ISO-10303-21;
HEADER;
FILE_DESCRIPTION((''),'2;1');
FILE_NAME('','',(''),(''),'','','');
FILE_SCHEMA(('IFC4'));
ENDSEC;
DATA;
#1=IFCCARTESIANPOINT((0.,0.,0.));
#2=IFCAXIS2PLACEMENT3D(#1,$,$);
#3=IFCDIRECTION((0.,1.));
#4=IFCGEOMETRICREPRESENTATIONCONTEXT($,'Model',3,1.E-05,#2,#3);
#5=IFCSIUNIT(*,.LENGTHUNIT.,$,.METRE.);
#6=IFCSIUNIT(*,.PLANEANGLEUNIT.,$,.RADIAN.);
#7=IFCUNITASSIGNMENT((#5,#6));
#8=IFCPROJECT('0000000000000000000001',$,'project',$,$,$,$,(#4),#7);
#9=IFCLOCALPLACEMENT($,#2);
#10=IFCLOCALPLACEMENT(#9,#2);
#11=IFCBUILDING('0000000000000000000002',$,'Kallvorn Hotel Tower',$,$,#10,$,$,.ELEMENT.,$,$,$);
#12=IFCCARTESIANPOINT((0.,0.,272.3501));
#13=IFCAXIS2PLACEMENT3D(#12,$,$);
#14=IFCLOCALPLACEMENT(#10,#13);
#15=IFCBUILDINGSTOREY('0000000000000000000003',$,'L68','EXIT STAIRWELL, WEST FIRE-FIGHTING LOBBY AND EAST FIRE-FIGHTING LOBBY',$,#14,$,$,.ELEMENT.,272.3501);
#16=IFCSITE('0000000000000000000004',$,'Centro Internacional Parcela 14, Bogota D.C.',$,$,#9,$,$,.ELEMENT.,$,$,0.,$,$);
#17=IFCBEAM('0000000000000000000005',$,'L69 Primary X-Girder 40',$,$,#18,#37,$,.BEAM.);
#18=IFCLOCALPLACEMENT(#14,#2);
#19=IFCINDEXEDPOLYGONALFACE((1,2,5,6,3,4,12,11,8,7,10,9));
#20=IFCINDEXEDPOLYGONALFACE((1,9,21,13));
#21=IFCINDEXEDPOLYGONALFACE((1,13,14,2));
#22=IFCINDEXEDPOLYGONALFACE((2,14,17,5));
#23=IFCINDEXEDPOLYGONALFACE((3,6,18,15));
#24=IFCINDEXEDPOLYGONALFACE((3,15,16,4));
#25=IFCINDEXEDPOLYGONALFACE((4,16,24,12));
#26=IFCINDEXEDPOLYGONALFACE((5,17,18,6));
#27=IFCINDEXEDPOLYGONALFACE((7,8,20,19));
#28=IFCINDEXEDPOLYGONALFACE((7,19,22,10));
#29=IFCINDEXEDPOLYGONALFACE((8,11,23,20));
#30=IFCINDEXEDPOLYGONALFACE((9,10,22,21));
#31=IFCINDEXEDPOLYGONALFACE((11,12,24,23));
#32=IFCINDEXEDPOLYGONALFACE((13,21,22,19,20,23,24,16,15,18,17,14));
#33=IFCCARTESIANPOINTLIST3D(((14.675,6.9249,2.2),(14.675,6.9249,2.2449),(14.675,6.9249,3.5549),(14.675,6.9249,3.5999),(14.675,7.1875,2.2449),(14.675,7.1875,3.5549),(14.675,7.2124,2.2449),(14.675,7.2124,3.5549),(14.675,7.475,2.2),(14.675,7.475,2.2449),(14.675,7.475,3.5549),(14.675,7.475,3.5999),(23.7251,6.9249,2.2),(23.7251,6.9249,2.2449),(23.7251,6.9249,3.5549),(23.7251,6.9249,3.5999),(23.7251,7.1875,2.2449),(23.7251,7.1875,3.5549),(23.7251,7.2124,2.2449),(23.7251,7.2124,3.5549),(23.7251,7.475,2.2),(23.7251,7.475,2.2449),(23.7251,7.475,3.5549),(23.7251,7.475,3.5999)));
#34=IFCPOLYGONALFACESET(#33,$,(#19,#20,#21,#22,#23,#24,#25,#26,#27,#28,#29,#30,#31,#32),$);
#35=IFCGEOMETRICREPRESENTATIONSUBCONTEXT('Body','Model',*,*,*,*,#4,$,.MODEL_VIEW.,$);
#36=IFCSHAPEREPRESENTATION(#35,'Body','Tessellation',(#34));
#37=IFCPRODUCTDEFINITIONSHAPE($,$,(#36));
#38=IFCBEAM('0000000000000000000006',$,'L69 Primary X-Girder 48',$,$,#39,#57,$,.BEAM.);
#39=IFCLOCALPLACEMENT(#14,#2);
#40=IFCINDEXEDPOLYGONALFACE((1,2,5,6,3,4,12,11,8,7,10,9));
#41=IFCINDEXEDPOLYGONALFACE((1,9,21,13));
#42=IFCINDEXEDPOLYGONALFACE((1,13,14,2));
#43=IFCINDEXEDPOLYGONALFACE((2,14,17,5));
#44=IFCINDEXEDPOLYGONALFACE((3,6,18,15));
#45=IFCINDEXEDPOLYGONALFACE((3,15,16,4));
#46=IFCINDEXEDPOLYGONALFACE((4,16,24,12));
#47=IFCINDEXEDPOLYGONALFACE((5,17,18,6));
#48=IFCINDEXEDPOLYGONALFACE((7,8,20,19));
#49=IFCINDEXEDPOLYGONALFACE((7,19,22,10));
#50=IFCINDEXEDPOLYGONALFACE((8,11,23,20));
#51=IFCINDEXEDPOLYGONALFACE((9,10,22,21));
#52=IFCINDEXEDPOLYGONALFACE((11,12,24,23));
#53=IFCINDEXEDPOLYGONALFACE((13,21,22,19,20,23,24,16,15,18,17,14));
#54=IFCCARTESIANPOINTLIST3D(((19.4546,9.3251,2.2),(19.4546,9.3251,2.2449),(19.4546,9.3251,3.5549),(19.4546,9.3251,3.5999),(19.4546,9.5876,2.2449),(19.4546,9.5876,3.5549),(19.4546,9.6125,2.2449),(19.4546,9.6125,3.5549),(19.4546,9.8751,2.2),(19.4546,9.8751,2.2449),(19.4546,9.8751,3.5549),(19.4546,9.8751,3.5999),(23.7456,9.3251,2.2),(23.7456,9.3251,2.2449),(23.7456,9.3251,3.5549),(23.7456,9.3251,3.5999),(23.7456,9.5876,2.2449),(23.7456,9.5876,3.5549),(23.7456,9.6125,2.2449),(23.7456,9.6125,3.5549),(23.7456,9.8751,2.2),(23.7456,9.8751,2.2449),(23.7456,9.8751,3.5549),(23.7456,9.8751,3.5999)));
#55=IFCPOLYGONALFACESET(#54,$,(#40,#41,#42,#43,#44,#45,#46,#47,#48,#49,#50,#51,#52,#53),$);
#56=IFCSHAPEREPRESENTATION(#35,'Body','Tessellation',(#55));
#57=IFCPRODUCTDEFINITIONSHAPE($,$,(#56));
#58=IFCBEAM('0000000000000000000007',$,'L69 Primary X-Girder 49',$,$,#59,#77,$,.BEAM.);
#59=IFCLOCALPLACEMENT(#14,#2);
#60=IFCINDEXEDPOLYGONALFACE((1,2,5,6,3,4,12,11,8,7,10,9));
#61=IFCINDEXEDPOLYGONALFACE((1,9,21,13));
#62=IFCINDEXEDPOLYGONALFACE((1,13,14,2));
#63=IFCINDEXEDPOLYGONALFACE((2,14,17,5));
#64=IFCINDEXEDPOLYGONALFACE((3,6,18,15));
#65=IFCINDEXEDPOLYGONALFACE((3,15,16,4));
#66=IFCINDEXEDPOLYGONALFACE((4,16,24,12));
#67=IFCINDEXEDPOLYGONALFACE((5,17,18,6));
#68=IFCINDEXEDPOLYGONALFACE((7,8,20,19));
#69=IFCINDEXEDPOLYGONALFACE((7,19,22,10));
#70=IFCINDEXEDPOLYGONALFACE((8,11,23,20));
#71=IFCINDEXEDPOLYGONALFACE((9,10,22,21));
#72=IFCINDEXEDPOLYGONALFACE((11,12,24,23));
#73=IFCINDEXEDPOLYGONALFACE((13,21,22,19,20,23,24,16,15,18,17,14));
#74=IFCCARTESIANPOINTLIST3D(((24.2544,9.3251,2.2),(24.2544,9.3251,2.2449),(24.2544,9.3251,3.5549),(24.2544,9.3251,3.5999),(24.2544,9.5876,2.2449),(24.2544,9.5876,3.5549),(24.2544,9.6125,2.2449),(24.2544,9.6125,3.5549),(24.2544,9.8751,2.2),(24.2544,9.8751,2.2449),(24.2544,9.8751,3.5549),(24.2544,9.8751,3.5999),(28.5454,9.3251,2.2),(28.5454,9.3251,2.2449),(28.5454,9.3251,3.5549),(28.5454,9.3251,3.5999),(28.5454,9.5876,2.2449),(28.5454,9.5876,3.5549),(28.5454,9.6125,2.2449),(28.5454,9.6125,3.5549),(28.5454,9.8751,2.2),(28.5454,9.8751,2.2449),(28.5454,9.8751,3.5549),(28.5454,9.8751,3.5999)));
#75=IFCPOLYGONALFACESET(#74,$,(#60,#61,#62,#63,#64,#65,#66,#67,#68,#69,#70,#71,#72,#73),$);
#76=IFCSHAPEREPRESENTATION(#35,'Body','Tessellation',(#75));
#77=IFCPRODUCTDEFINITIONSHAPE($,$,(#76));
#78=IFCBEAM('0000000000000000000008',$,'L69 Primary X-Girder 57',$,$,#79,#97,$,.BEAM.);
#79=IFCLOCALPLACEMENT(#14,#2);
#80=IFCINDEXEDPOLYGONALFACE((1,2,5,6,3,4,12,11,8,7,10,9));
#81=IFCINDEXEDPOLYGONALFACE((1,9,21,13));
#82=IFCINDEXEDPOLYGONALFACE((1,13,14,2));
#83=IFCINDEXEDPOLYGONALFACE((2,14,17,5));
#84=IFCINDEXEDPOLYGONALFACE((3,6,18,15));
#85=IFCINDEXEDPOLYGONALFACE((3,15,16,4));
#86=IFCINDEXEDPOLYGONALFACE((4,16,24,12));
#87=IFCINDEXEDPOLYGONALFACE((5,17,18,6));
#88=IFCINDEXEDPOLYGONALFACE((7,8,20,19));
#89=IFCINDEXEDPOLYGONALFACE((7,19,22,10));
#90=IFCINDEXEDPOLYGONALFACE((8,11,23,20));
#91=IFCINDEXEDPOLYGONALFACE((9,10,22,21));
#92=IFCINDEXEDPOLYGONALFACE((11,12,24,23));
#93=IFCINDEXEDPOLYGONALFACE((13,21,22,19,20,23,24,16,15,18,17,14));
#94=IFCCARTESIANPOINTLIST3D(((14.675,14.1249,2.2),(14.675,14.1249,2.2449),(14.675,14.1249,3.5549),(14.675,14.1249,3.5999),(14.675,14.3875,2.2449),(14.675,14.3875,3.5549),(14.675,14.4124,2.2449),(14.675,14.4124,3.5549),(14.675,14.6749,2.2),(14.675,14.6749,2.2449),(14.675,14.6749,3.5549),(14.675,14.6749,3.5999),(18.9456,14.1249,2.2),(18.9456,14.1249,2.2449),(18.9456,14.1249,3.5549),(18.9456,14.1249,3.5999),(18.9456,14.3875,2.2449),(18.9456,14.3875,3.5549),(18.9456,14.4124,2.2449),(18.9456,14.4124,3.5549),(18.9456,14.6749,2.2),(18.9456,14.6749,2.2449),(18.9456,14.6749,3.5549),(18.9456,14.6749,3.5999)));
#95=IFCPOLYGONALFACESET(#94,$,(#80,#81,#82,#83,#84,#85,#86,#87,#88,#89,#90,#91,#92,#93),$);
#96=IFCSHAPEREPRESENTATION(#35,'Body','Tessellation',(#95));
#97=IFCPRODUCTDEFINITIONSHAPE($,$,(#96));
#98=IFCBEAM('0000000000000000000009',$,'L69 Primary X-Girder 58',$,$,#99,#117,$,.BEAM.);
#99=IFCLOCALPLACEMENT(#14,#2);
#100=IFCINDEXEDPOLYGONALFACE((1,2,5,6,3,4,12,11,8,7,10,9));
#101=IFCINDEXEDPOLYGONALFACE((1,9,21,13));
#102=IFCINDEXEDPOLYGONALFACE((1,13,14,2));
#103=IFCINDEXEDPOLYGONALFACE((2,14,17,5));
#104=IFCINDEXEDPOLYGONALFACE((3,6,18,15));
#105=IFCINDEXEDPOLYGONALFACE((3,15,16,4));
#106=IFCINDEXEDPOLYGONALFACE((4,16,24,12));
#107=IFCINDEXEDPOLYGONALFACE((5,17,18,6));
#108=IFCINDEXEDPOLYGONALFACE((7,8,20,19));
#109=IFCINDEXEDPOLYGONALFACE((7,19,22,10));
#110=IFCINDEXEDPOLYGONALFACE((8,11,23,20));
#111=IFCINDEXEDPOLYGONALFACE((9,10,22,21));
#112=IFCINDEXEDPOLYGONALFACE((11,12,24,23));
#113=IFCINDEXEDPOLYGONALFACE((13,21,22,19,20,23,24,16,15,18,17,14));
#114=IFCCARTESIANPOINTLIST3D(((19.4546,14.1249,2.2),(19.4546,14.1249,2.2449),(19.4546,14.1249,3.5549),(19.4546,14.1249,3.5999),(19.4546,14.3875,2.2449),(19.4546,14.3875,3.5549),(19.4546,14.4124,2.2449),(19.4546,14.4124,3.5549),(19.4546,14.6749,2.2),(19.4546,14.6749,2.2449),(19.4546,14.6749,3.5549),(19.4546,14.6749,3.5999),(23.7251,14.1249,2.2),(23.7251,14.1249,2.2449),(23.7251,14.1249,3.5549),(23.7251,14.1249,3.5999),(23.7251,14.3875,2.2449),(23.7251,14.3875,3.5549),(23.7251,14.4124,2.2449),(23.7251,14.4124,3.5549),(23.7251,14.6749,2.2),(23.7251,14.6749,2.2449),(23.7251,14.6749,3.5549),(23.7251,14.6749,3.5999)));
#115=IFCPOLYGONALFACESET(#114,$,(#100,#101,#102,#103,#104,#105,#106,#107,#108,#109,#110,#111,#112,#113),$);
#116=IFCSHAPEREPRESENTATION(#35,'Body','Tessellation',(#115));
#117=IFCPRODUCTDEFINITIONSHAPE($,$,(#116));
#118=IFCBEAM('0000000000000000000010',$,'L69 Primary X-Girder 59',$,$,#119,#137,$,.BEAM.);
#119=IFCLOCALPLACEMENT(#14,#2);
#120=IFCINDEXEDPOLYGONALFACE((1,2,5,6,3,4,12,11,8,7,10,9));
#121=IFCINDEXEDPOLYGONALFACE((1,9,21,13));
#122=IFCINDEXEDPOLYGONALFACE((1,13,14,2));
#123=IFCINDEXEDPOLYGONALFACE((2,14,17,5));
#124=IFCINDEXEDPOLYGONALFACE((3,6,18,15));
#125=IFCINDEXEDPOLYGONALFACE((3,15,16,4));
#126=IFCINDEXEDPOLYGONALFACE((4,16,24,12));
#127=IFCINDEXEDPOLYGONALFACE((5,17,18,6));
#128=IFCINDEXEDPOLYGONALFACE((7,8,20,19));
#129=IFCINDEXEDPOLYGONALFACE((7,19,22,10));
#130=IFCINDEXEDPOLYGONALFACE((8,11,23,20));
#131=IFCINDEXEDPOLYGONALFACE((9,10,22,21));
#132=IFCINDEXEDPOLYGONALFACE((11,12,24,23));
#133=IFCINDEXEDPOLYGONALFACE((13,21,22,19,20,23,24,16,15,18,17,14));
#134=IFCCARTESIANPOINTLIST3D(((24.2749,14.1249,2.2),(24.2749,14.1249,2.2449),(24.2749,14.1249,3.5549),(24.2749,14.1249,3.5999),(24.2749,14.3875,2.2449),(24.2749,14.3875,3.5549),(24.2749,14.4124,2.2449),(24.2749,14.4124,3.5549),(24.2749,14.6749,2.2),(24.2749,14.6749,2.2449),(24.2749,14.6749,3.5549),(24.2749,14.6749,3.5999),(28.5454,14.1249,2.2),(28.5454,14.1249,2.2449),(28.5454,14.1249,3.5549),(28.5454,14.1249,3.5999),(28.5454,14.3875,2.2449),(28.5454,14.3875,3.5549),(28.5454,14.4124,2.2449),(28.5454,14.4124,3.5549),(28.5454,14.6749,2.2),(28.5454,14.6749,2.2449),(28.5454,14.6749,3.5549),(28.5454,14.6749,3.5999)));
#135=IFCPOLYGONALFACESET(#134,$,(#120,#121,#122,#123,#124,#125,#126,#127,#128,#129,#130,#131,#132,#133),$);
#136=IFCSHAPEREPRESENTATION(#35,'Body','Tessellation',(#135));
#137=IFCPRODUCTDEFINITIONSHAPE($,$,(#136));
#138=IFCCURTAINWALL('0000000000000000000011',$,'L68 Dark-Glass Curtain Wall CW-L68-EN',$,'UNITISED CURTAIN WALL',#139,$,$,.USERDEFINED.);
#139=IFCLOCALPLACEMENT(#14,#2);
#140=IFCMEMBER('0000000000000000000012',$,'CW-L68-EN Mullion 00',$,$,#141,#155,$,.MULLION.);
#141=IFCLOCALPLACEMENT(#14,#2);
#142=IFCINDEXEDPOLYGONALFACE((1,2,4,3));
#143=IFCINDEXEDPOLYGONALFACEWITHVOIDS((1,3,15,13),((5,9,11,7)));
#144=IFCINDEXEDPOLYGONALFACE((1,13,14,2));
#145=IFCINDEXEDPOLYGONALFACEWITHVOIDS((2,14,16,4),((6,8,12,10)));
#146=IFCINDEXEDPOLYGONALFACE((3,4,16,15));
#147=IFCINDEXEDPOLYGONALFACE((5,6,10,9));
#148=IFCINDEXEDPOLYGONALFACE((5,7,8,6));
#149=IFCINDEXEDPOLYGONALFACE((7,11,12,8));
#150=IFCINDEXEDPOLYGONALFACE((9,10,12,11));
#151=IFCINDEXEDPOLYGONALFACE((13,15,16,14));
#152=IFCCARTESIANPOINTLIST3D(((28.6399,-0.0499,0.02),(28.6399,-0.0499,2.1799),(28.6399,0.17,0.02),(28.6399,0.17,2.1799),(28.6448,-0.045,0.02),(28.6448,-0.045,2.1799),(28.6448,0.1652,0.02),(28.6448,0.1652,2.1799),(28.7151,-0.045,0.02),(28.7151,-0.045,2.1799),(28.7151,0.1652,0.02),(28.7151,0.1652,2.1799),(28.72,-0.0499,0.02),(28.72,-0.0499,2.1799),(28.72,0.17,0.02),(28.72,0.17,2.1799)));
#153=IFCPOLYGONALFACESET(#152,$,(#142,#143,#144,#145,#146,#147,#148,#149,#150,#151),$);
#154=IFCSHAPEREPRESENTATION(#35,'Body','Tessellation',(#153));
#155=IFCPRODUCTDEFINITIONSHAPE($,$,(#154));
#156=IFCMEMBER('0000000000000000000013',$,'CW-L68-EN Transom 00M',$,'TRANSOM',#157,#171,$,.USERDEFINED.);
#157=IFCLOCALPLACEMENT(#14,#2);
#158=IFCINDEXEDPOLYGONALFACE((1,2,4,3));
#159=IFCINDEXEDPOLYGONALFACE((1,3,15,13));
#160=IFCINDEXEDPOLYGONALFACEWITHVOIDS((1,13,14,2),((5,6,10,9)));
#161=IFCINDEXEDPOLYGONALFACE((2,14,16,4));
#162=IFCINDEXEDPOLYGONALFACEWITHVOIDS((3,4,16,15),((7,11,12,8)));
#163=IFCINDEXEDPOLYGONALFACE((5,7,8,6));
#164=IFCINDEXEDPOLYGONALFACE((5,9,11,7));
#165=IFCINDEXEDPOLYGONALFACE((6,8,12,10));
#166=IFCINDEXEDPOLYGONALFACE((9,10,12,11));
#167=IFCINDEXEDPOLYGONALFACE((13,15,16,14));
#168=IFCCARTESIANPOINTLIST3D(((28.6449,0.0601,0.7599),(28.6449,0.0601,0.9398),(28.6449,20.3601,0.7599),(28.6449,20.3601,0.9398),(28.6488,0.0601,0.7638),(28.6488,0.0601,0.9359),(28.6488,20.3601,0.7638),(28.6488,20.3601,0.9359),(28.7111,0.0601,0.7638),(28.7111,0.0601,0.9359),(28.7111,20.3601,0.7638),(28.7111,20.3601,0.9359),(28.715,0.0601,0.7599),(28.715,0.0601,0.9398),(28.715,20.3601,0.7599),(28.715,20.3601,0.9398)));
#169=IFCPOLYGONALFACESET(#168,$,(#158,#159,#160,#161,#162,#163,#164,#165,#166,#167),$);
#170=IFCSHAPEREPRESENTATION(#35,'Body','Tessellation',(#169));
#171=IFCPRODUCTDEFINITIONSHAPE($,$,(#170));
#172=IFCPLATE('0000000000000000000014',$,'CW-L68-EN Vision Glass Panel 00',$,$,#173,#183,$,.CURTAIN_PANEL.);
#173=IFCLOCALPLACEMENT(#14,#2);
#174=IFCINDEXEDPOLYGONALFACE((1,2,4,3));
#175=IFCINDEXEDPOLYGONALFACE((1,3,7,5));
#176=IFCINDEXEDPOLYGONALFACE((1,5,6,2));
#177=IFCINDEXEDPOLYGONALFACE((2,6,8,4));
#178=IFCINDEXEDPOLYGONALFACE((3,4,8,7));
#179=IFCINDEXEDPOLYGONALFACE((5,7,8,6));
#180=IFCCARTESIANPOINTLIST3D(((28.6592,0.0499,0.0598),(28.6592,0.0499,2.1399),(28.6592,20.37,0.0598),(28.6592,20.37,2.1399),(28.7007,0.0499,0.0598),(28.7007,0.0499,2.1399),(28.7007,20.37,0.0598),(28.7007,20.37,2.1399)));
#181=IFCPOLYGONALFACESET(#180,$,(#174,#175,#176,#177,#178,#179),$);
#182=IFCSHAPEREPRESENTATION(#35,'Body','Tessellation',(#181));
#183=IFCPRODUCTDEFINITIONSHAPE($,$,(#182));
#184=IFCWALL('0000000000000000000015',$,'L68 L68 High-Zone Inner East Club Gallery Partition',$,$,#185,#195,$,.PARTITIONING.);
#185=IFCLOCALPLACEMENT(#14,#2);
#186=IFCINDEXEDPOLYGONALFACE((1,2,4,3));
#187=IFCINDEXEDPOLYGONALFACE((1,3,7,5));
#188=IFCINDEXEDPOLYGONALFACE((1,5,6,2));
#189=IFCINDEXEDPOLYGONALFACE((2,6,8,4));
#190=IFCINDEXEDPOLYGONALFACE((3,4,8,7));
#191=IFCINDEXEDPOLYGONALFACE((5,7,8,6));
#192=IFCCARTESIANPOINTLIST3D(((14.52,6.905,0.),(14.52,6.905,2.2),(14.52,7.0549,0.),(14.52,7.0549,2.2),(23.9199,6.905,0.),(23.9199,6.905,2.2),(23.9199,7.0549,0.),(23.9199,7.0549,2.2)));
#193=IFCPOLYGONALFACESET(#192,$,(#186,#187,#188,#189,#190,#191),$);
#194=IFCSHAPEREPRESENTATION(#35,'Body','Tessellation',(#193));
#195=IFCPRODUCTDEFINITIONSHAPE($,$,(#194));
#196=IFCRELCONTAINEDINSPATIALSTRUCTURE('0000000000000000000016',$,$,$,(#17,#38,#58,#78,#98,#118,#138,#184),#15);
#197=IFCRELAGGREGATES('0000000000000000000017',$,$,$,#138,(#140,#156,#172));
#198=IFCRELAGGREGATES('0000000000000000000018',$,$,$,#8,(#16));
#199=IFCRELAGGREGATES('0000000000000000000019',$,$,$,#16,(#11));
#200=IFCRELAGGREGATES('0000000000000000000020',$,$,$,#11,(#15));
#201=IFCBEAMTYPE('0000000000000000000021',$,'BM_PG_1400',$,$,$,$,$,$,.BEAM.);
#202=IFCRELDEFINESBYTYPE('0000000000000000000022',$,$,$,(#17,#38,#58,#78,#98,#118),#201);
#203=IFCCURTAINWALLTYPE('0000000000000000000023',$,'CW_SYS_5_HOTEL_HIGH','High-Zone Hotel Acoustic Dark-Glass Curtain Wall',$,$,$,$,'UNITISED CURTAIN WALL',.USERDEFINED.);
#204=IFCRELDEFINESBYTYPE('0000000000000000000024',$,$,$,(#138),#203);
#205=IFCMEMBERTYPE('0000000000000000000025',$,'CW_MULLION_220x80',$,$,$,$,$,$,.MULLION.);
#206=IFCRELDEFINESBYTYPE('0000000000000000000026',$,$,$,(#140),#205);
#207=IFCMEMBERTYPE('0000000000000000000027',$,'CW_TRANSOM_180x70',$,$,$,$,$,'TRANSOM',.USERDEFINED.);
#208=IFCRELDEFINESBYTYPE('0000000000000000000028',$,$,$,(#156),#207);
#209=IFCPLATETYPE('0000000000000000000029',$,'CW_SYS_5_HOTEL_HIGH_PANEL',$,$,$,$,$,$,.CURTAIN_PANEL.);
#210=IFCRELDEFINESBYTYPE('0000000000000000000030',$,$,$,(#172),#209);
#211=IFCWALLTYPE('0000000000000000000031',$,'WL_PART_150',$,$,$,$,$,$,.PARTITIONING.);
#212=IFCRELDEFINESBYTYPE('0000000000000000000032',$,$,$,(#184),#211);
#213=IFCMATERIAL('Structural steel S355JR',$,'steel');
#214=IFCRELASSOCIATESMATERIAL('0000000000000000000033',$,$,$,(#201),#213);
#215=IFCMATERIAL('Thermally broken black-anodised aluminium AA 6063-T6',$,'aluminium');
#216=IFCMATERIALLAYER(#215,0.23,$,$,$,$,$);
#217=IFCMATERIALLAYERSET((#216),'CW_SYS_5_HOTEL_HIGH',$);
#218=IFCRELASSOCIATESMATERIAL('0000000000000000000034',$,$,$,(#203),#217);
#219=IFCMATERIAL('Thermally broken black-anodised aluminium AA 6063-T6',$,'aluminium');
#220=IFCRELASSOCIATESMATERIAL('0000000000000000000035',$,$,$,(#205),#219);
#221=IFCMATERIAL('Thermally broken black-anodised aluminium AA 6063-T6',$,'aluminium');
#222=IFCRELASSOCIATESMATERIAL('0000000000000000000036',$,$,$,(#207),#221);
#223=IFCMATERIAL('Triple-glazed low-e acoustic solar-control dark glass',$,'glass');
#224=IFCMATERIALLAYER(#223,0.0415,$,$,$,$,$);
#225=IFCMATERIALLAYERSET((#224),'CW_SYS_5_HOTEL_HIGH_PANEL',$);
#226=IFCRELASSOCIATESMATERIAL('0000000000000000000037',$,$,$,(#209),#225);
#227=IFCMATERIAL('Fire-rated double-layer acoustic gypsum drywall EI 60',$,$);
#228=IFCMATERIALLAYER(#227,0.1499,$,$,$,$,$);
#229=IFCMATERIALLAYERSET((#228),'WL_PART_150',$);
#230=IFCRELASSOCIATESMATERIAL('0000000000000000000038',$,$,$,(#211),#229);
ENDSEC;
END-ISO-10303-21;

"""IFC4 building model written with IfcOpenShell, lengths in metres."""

from ifc_helpers import new_model, si_unit, direction, frame, frame_2d, origin, origin_2d, place, context, subcontext, project, spatial, rectangle, hollow_rectangle, i_section, extrude, material, layer, layer_set, material_profile, profile_set, type_object, element, aggregate, save


model = new_model("IFC4")

# Units and contexts
model_context = context("Model", 3, precision=1e-05, world=origin(), true_north=direction((0.0, 1.0)))
body_context = subcontext(model_context, "Body", "Model", "MODEL_VIEW")
ifc_project = project(units=[si_unit("LENGTHUNIT", "METRE"), si_unit("PLANEANGLEUNIT", "RADIAN")], contexts=[model_context])

# Site, building, storey
site_placement = place(None, origin())
site = spatial("IfcSite", under=ifc_project, at=site_placement, Name="Centro Internacional Parcela 14, Bogota D.C.", CompositionType="ELEMENT", RefElevation=0.0)
building_placement = place(site_placement, origin())
building = spatial("IfcBuilding", under=site, at=building_placement, Name="Kallvorn Hotel Tower", CompositionType="ELEMENT")
storey_placement = place(building_placement, frame((0.0, 0.0, 272.3501)))
storey = spatial("IfcBuildingStorey", under=building, at=storey_placement, Name="L68", Description="EXIT STAIRWELL, WEST FIRE-FIGHTING LOBBY AND EAST FIRE-FIGHTING LOBBY", CompositionType="ELEMENT", Elevation=272.3501)

# Beams
ifc_material_1 = material(Name="Structural steel S355JR", Category="steel")
ifc_material_profile_1 = material_profile(ifc_material_1, i_section(OverallWidth=0.55, OverallDepth=1.3999, WebThickness=0.0249, FlangeThickness=0.0449, at=origin_2d()), Name="PG 1400x550x25x45")
ifc_profile_set_1 = profile_set([ifc_material_profile_1], Name="Structural steel S355JR")
beam_type_1 = type_object("IfcBeamType", Name="BM_PG_1400", PredefinedType="BEAM", material=ifc_profile_set_1)
beam_1_placement = place(storey_placement, frame((14.675, 7.2, 2.8999), z_axis=(1.0, 0.0, 0.0), x_axis=(0.0, 1.0, 0.0)))
element("IfcBeam", 1, at=beam_1_placement, inside=storey, type_object=beam_type_1, Name="L69 Primary X-Girder 40", PredefinedType="BEAM", context=body_context, shape_type="SweptSolid", body=[
    extrude(i_section(OverallWidth=0.55, OverallDepth=1.3999, WebThickness=0.0249, FlangeThickness=0.0449, at=origin_2d()), origin(), (0.0, 0.0, 1.0), 9.05),
])
for number, where, z_axis, x_axis, name in (
    (2, (19.4546, 9.6001, 2.8999), (1.0, 0.0, 0.0), (0.0, 1.0, 0.0), "L69 Primary X-Girder 48"),
    (3, (24.2544, 9.6001, 2.8999), (1.0, 0.0, 0.0), (0.0, 1.0, 0.0), "L69 Primary X-Girder 49"),
):
    element("IfcBeam", number, at=place(storey_placement, frame(where, z_axis=z_axis, x_axis=x_axis)), inside=storey, type_object=beam_type_1, Name=name, PredefinedType="BEAM", context=body_context, shape_type="SweptSolid", body=[
        extrude(i_section(OverallWidth=0.55, OverallDepth=1.3999, WebThickness=0.0249, FlangeThickness=0.0449, at=origin_2d()), origin(), (0.0, 0.0, 1.0), 4.291),
    ])
for number, where, z_axis, x_axis, name in (
    (4, (14.675, 14.3999, 2.8999), (1.0, 0.0, 0.0), (0.0, 1.0, 0.0), "L69 Primary X-Girder 57"),
    (5, (19.4546, 14.3999, 2.8999), (1.0, 0.0, 0.0), (0.0, 1.0, 0.0), "L69 Primary X-Girder 58"),
    (6, (24.2749, 14.3999, 2.8999), (1.0, 0.0, 0.0), (0.0, 1.0, 0.0), "L69 Primary X-Girder 59"),
):
    element("IfcBeam", number, at=place(storey_placement, frame(where, z_axis=z_axis, x_axis=x_axis)), inside=storey, type_object=beam_type_1, Name=name, PredefinedType="BEAM", context=body_context, shape_type="SweptSolid", body=[
        extrude(i_section(OverallWidth=0.55, OverallDepth=1.3999, WebThickness=0.0249, FlangeThickness=0.0449, at=origin_2d()), origin(), (0.0, 0.0, 1.0), 4.2705),
    ])

# Curtain wall, members, plate
ifc_material_2 = material(Name="Thermally broken black-anodised aluminium AA 6063-T6", Category="aluminium")
ifc_layer_1 = layer(ifc_material_2, 0.23)
ifc_layer_set_1 = layer_set([ifc_layer_1], Name="CW_SYS_5_HOTEL_HIGH")
curtain_wall_type = type_object("IfcCurtainWallType", Name="CW_SYS_5_HOTEL_HIGH", Description="High-Zone Hotel Acoustic Dark-Glass Curtain Wall", ElementType="UNITISED CURTAIN WALL", PredefinedType="USERDEFINED", material=ifc_layer_set_1)
curtain_wall_placement = place(storey_placement, origin())
curtain_wall = element("IfcCurtainWall", 7, at=curtain_wall_placement, inside=storey, type_object=curtain_wall_type, Name="L68 Dark-Glass Curtain Wall CW-L68-EN", ObjectType="UNITISED CURTAIN WALL", PredefinedType="USERDEFINED")
ifc_material_3 = material(Name="Thermally broken black-anodised aluminium AA 6063-T6", Category="aluminium")
ifc_material_profile_2 = material_profile(ifc_material_3, hollow_rectangle(XDim=0.0801, YDim=0.22, WallThickness=0.0049, at=origin_2d()), Name="MUL 220x80")
ifc_profile_set_2 = profile_set([ifc_material_profile_2], Name="Thermally broken black-anodised aluminium AA 6063-T6")
member_type_1 = type_object("IfcMemberType", Name="CW_MULLION_220x80", PredefinedType="MULLION", material=ifc_profile_set_2)
member_1_placement = place(storey_placement, frame((28.6799, 0.0601, 0.02), z_axis=(0.0, 0.0, 1.0), x_axis=(1.0, 0.0, 0.0)))
member_1 = element("IfcMember", 8, at=member_1_placement, type_object=member_type_1, Name="CW-L68-EN Mullion 00", PredefinedType="MULLION", context=body_context, shape_type="SweptSolid", body=[
    extrude(hollow_rectangle(XDim=0.0801, YDim=0.22, WallThickness=0.0049, at=origin_2d()), origin(), (0.0, 0.0, 1.0), 2.1599),
])
ifc_material_4 = material(Name="Thermally broken black-anodised aluminium AA 6063-T6", Category="aluminium")
ifc_material_profile_3 = material_profile(ifc_material_4, hollow_rectangle(XDim=0.0701, YDim=0.1799, WallThickness=0.0039, at=origin_2d()), Name="TRN 180x70")
ifc_profile_set_3 = profile_set([ifc_material_profile_3], Name="Thermally broken black-anodised aluminium AA 6063-T6")
member_type_2 = type_object("IfcMemberType", Name="CW_TRANSOM_180x70", ElementType="TRANSOM", PredefinedType="USERDEFINED", material=ifc_profile_set_3)
member_2_placement = place(storey_placement, frame((28.6799, 0.0601, 0.8499), z_axis=(0.0, 1.0, 0.0), x_axis=(-1.0, 0.0, 0.0)))
member_2 = element("IfcMember", 9, at=member_2_placement, type_object=member_type_2, Name="CW-L68-EN Transom 00M", ObjectType="TRANSOM", PredefinedType="USERDEFINED", context=body_context, shape_type="SweptSolid", body=[
    extrude(hollow_rectangle(XDim=0.0701, YDim=0.1799, WallThickness=0.0039, at=origin_2d()), origin(), (0.0, 0.0, 1.0), 20.3),
])
ifc_material_5 = material(Name="Triple-glazed low-e acoustic solar-control dark glass", Category="glass")
ifc_layer_2 = layer(ifc_material_5, 0.0415)
ifc_layer_set_2 = layer_set([ifc_layer_2], Name="CW_SYS_5_HOTEL_HIGH_PANEL")
plate_type = type_object("IfcPlateType", Name="CW_SYS_5_HOTEL_HIGH_PANEL", PredefinedType="CURTAIN_PANEL", material=ifc_layer_set_2)
plate_placement = place(storey_placement, frame((28.6799, 10.21, 0.0598), z_axis=(0.0, 0.0, 1.0), x_axis=(0.0, 1.0, 0.0)))
plate = element("IfcPlate", 10, at=plate_placement, type_object=plate_type, Name="CW-L68-EN Vision Glass Panel 00", PredefinedType="CURTAIN_PANEL", context=body_context, shape_type="SweptSolid", body=[
    extrude(rectangle(XDim=20.3201, YDim=0.0415, at=origin_2d()), origin(), (0.0, 0.0, 1.0), 2.0801),
])
aggregate(curtain_wall, [member_1, member_2, plate])

# Wall
ifc_material_6 = material(Name="Fire-rated double-layer acoustic gypsum drywall EI 60")
ifc_layer_3 = layer(ifc_material_6, 0.1499)
ifc_layer_set_3 = layer_set([ifc_layer_3], Name="WL_PART_150")
wall_type = type_object("IfcWallType", Name="WL_PART_150", PredefinedType="PARTITIONING", material=ifc_layer_set_3)
wall_placement = place(storey_placement, frame((14.52, 6.98, 0.0), z_axis=(0.0, 0.0, 1.0), x_axis=(1.0, 0.0, 0.0)))
element("IfcWall", 11, at=wall_placement, inside=storey, type_object=wall_type, Name="L68 L68 High-Zone Inner East Club Gallery Partition", PredefinedType="PARTITIONING", context=body_context, shape_type="SweptSolid", body=[
    extrude(rectangle(XDim=9.3999, YDim=0.1499, at=frame_2d((4.7, 0.0))), origin(), (0.0, 0.0, 1.0), 2.2),
])

save(model, "model.ifc")
